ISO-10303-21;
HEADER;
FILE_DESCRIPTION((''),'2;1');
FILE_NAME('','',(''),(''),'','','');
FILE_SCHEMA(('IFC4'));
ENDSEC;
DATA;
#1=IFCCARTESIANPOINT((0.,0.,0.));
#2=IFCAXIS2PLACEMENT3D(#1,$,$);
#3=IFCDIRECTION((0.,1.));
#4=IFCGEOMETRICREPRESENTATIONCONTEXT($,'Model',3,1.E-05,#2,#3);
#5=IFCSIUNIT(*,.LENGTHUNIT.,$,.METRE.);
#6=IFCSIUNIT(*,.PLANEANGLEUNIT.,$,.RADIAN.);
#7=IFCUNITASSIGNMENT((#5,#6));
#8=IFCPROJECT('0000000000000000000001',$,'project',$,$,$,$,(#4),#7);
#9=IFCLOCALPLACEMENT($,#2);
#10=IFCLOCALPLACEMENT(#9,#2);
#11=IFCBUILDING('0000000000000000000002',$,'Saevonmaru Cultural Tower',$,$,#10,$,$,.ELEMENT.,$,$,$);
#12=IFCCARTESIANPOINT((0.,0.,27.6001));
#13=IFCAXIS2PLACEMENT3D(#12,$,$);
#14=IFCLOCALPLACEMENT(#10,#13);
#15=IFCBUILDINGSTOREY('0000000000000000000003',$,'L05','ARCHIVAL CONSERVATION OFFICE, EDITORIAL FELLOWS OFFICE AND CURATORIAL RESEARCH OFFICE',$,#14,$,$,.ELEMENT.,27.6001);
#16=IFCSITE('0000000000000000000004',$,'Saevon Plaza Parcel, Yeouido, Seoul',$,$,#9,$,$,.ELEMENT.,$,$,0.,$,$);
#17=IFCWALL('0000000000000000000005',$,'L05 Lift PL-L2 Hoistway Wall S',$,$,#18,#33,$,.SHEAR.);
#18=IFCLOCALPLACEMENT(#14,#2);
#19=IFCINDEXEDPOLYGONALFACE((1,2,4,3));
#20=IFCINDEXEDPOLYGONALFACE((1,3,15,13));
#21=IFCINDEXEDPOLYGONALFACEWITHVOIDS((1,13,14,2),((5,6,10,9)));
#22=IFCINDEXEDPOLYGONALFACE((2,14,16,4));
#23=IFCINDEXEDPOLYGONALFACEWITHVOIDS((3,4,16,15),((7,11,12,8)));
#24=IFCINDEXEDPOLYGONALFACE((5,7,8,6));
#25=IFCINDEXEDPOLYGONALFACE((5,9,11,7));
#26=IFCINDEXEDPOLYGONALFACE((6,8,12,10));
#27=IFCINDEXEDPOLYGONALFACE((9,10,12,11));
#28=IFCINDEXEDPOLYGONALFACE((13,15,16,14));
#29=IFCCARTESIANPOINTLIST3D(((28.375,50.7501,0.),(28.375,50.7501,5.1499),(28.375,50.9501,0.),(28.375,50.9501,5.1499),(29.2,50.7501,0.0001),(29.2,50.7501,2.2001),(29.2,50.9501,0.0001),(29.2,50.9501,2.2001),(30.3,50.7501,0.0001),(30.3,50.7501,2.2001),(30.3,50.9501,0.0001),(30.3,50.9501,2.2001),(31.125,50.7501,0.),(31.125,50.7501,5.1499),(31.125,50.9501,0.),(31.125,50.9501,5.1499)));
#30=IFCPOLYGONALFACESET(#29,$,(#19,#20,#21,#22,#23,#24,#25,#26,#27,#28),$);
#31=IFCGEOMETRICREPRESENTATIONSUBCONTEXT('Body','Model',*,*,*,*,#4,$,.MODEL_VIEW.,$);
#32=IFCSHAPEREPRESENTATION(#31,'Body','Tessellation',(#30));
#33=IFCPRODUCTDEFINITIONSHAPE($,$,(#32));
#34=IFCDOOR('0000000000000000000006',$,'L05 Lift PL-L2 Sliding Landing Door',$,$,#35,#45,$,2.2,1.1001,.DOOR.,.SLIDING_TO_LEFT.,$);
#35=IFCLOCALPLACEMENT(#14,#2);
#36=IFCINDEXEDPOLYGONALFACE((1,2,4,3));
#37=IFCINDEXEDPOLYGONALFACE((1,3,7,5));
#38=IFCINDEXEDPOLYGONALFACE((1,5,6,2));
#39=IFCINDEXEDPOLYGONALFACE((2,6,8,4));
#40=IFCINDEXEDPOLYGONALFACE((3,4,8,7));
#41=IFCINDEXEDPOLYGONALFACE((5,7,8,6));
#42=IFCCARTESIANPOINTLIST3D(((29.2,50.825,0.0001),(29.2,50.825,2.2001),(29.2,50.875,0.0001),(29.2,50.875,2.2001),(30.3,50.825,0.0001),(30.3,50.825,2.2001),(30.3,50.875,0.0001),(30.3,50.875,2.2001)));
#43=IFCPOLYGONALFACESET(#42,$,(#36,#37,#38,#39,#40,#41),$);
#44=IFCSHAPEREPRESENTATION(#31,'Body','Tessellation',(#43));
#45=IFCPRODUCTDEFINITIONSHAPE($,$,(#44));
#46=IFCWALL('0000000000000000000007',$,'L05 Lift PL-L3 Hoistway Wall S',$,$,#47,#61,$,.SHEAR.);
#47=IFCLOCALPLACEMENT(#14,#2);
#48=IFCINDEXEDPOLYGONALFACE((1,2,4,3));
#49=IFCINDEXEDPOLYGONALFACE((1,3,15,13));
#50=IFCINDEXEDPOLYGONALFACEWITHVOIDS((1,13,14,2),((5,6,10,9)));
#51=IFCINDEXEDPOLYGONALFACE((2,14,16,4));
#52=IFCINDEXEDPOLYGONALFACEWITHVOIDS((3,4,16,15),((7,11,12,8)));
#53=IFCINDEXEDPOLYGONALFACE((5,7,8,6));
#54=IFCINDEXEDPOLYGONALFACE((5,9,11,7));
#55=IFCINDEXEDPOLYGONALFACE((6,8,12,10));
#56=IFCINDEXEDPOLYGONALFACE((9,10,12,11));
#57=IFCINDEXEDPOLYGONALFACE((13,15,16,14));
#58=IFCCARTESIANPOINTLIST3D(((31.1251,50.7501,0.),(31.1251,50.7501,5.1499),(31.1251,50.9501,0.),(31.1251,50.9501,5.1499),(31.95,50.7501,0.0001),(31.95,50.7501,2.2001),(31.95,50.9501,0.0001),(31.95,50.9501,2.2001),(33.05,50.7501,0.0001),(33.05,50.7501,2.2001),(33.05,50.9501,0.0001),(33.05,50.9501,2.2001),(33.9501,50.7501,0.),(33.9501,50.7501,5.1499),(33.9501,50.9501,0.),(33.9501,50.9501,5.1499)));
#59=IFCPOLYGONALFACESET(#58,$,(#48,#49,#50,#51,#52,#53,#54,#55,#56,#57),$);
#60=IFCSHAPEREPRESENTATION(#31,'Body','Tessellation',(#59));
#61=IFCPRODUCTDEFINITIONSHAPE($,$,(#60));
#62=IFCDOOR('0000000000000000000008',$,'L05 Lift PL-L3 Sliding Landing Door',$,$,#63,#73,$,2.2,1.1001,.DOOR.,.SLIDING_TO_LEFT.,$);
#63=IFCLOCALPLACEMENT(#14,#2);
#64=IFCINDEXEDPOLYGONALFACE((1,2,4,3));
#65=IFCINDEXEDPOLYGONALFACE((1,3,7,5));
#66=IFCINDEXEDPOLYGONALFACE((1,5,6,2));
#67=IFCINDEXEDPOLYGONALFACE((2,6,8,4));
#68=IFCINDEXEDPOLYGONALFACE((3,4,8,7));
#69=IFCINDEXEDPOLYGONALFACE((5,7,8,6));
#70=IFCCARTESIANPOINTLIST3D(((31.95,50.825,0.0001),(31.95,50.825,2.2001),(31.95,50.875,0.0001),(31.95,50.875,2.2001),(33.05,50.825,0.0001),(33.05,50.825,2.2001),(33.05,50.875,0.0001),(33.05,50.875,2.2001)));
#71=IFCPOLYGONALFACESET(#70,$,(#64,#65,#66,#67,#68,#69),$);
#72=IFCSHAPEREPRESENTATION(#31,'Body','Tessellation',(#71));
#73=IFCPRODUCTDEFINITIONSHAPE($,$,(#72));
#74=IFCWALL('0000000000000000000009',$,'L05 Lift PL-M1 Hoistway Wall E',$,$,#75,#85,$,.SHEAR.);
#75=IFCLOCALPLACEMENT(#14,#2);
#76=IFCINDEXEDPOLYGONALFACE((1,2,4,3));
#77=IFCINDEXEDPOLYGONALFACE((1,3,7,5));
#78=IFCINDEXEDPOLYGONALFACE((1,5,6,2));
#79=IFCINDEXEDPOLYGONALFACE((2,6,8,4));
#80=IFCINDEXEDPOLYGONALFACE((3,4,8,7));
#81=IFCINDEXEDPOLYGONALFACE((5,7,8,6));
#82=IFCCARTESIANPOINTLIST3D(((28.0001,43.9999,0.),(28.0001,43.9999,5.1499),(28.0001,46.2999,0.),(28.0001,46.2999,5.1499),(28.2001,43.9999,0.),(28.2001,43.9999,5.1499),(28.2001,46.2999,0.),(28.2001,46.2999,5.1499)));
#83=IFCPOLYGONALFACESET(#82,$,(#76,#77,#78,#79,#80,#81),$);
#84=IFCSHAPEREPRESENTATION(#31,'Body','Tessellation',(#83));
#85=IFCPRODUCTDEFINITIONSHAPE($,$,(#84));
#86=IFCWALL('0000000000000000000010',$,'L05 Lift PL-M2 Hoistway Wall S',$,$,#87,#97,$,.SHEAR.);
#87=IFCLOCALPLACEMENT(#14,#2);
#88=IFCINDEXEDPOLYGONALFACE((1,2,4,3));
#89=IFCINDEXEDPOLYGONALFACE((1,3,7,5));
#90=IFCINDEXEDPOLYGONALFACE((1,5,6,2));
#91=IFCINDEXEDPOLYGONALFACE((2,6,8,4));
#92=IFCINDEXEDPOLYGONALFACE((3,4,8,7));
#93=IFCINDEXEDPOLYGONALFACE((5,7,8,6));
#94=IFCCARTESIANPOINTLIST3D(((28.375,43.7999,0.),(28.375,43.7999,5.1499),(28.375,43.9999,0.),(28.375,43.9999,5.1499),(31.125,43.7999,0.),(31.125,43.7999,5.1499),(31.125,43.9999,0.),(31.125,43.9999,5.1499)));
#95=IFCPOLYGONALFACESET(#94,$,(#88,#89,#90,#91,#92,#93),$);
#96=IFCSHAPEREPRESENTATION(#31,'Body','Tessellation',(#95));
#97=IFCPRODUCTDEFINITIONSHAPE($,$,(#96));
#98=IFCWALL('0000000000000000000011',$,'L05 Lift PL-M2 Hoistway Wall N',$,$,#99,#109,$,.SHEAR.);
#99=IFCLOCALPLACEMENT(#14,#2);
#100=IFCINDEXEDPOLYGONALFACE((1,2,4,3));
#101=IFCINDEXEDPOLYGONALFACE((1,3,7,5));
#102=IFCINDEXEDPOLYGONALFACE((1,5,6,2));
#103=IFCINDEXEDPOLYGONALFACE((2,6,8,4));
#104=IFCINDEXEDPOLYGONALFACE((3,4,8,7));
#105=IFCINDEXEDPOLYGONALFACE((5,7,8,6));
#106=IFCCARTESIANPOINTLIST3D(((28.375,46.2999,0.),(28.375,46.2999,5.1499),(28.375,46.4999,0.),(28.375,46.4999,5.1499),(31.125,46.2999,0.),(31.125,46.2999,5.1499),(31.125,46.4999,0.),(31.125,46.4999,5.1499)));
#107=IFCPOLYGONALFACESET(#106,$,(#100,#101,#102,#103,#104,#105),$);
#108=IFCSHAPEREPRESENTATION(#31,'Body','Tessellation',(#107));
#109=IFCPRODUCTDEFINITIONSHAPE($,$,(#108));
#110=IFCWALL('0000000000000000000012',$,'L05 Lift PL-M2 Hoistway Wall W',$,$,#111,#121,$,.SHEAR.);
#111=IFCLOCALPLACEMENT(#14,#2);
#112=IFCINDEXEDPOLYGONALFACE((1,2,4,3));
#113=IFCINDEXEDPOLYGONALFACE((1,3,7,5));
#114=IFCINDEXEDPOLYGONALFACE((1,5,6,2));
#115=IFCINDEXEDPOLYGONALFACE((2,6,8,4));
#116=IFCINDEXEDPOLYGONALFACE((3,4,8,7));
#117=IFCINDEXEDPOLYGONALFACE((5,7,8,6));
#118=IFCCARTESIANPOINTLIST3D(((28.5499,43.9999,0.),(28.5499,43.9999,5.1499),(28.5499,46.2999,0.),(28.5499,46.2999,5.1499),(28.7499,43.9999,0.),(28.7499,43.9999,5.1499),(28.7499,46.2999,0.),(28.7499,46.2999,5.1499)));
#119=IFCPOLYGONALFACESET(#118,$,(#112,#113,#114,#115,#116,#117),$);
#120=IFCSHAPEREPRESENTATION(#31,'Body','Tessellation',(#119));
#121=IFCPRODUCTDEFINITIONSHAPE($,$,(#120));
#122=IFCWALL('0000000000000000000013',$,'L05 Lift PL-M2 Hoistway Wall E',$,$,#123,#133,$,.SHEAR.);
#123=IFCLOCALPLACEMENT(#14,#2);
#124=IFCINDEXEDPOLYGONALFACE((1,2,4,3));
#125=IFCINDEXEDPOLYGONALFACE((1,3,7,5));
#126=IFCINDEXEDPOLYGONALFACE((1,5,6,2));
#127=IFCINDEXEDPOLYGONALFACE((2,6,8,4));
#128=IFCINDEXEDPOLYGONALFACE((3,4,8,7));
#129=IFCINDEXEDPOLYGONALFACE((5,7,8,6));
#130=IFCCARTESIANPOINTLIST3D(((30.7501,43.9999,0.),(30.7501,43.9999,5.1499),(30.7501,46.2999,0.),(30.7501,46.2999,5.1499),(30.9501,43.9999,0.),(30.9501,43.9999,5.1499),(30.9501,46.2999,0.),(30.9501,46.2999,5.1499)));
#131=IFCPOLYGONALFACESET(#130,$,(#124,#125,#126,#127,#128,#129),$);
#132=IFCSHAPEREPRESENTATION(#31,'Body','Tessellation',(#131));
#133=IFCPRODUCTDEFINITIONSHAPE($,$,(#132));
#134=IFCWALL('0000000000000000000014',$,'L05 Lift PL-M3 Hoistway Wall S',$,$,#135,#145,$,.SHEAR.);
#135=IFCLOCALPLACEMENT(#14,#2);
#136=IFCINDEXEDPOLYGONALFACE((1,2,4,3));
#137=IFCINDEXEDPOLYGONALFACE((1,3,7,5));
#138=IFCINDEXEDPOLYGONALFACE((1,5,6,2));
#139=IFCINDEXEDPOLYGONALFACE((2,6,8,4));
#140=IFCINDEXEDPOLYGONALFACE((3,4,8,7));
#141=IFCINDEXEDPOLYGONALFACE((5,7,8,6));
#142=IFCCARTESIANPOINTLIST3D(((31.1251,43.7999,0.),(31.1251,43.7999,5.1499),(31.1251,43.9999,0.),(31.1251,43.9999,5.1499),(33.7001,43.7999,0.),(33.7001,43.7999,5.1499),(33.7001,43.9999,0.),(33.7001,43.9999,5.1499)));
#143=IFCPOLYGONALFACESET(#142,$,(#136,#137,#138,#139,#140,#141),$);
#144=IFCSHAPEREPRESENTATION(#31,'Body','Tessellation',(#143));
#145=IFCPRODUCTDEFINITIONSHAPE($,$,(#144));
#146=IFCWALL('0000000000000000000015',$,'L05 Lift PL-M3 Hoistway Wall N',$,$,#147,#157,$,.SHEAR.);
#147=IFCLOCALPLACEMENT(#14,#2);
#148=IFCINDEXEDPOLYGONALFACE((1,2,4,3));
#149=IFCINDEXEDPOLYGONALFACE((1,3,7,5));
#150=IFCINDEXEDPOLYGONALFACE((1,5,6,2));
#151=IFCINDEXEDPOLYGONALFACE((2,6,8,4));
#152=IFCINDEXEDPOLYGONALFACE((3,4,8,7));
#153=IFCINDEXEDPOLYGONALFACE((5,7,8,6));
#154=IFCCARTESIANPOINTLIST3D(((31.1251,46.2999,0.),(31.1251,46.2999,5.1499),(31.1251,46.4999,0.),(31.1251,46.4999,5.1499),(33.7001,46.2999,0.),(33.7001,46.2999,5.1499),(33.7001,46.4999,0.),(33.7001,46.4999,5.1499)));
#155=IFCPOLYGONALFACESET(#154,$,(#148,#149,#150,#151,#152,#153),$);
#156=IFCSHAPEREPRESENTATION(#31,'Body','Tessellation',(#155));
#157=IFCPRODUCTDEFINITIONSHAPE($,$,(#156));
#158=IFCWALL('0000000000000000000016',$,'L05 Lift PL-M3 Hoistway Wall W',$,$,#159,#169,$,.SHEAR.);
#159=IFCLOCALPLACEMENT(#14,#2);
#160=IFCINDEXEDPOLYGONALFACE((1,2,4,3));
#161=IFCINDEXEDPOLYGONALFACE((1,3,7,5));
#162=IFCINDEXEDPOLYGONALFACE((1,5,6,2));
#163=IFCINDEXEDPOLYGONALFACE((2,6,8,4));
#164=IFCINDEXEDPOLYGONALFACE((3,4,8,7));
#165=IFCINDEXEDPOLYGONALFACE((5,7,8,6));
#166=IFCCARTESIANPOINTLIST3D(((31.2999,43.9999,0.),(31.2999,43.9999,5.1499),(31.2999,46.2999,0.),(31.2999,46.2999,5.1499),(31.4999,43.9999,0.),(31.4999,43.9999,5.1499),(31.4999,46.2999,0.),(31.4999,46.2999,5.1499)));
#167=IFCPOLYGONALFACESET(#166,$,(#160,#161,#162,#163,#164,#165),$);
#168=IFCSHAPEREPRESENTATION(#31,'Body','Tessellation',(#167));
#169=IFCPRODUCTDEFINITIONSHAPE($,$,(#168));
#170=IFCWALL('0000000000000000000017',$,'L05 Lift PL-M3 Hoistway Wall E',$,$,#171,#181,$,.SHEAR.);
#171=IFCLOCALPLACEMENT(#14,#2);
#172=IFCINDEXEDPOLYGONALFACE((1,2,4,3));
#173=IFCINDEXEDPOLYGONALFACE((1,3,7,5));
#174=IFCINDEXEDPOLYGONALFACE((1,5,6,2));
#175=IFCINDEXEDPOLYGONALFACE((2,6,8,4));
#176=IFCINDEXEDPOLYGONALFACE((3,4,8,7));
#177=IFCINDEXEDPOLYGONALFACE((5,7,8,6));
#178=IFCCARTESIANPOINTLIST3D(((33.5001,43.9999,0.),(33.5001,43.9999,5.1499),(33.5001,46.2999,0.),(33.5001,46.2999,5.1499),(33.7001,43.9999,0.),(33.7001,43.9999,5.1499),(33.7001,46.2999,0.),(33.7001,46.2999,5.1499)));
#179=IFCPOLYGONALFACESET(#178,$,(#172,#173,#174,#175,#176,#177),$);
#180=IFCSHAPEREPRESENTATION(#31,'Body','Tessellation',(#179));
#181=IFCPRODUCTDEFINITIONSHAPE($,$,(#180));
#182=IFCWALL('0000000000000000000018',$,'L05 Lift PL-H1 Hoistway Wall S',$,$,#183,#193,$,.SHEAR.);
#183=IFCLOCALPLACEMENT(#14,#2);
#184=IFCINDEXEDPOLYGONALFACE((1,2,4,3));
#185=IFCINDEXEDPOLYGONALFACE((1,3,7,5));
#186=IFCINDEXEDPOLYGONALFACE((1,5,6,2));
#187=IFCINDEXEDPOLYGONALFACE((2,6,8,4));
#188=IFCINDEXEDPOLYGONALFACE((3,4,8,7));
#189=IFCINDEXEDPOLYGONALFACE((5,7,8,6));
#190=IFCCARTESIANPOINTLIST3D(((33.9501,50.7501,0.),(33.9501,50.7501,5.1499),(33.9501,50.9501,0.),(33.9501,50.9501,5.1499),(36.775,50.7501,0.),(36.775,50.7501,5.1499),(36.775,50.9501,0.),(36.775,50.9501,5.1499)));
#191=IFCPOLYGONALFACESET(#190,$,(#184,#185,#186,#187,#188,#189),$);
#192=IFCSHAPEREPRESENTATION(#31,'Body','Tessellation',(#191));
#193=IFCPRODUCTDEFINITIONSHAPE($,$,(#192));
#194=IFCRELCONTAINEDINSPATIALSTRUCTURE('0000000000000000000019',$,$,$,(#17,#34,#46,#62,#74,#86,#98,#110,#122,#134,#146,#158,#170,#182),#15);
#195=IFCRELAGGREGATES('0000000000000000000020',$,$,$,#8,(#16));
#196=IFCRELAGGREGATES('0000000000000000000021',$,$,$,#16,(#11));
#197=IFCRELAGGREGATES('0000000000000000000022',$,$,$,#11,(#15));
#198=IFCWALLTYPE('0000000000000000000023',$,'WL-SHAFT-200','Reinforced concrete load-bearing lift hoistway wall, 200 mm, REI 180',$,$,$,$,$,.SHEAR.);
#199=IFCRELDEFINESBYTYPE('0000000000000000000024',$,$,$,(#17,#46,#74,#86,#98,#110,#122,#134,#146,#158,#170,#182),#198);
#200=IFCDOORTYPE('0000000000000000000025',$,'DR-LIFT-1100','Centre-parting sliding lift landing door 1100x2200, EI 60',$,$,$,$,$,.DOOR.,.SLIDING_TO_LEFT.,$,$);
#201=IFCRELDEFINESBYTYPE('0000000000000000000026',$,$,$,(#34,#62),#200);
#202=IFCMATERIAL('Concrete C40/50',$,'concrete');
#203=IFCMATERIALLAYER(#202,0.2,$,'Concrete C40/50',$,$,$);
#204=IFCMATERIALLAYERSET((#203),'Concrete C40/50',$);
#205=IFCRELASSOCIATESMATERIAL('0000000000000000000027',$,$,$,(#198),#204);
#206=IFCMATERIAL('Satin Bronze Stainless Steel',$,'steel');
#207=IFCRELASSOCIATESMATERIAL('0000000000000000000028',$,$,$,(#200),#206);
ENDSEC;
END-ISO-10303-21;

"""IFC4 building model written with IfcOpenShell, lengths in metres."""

from ifc_helpers import new_model, si_unit, direction, frame, frame_2d, origin, place, context, subcontext, project, spatial, rectangle, extrude, material, layer, layer_set, type_object, element, fill, save


model = new_model("IFC4")

# Units and contexts
model_context = context("Model", 3, precision=1e-05, world=origin(), true_north=direction((0.0, 1.0)))
body_context = subcontext(model_context, "Body", "Model", "MODEL_VIEW")
ifc_project = project(units=[si_unit("LENGTHUNIT", "METRE"), si_unit("PLANEANGLEUNIT", "RADIAN")], contexts=[model_context])

# Site, building, storey
site_placement = place(None, origin())
site = spatial("IfcSite", under=ifc_project, at=site_placement, Name="Saevon Plaza Parcel, Yeouido, Seoul", CompositionType="ELEMENT", RefElevation=0.0)
building_placement = place(site_placement, origin())
building = spatial("IfcBuilding", under=site, at=building_placement, Name="Saevonmaru Cultural Tower", CompositionType="ELEMENT")
storey_placement = place(building_placement, frame((0.0, 0.0, 27.6001)))
storey = spatial("IfcBuildingStorey", under=building, at=storey_placement, Name="L05", Description="ARCHIVAL CONSERVATION OFFICE, EDITORIAL FELLOWS OFFICE AND CURATORIAL RESEARCH OFFICE", CompositionType="ELEMENT", Elevation=27.6001)

# Walls, openings, doors
ifc_material_1 = material(Name="Concrete C40/50", Category="concrete")
ifc_layer_1 = layer(ifc_material_1, 0.2, Name="Concrete C40/50")
ifc_layer_set_1 = layer_set([ifc_layer_1], Name="Concrete C40/50")
wall_type_1 = type_object("IfcWallType", Name="WL-SHAFT-200", Description="Reinforced concrete load-bearing lift hoistway wall, 200 mm, REI 180", PredefinedType="SHEAR", material=ifc_layer_set_1)
wall_1_placement = place(storey_placement, frame((28.375, 50.8501, 0.0), z_axis=(0.0, 0.0, 1.0), x_axis=(1.0, 0.0, 0.0)))
wall_1 = element("IfcWall", 1, at=wall_1_placement, inside=storey, type_object=wall_type_1, Name="L05 Lift PL-L2 Hoistway Wall S", PredefinedType="SHEAR", context=body_context, shape_type="SweptSolid", body=[
    extrude(rectangle(XDim=2.75, YDim=0.2, at=frame_2d((1.375, 0.0))), origin(), (0.0, 0.0, 1.0), 5.1499),
])
opening_1_placement = place(wall_1_placement, frame((0.825, 0.0, 0.0)))
opening_1 = element("IfcOpeningElement", 2, at=opening_1_placement, cuts=wall_1, PredefinedType="OPENING", context=body_context, shape_type="SweptSolid", body=[
    extrude(rectangle(XDim=1.1001, YDim=2.2, at=frame_2d((0.55, 1.1001))), frame((0.0, 0.1099, 0.0), z_axis=(0.0, -1.0, 0.0), x_axis=(1.0, 0.0, 0.0)), (0.0, 0.0, 1.0), 0.22),
])
ifc_material_2 = material(Name="Satin Bronze Stainless Steel", Category="steel")
door_type_1 = type_object("IfcDoorType", Name="DR-LIFT-1100", Description="Centre-parting sliding lift landing door 1100x2200, EI 60", OperationType="SLIDING_TO_LEFT", PredefinedType="DOOR", material=ifc_material_2)
door_1_placement = place(opening_1_placement, origin())
door_1 = element("IfcDoor", 3, at=door_1_placement, inside=storey, type_object=door_type_1, Name="L05 Lift PL-L2 Sliding Landing Door", OperationType="SLIDING_TO_LEFT", OverallHeight=2.2, OverallWidth=1.1001, PredefinedType="DOOR", context=body_context, shape_type="SweptSolid", body=[
    extrude(rectangle(XDim=1.1001, YDim=2.2, at=frame_2d((0.55, 1.1001))), frame((0.0, 0.0249, 0.0), z_axis=(0.0, -1.0, 0.0), x_axis=(1.0, 0.0, 0.0)), (0.0, 0.0, 1.0), 0.05),
])
fill(opening_1, door_1)
wall_2_placement = place(storey_placement, frame((31.125, 50.8501, 0.0), z_axis=(0.0, 0.0, 1.0), x_axis=(1.0, 0.0, 0.0)))
wall_2 = element("IfcWall", 4, at=wall_2_placement, inside=storey, type_object=wall_type_1, Name="L05 Lift PL-L3 Hoistway Wall S", PredefinedType="SHEAR", context=body_context, shape_type="SweptSolid", body=[
    extrude(rectangle(XDim=2.825, YDim=0.2, at=frame_2d((1.4126, 0.0))), origin(), (0.0, 0.0, 1.0), 5.1499),
])
opening_2_placement = place(wall_2_placement, frame((0.825, 0.0, 0.0)))
opening_2 = element("IfcOpeningElement", 5, at=opening_2_placement, cuts=wall_2, PredefinedType="OPENING", context=body_context, shape_type="SweptSolid", body=[
    extrude(rectangle(XDim=1.1001, YDim=2.2, at=frame_2d((0.55, 1.1001))), frame((0.0, 0.1099, 0.0), z_axis=(0.0, -1.0, 0.0), x_axis=(1.0, 0.0, 0.0)), (0.0, 0.0, 1.0), 0.22),
])
door_2_placement = place(opening_2_placement, origin())
door_2 = element("IfcDoor", 6, at=door_2_placement, inside=storey, type_object=door_type_1, Name="L05 Lift PL-L3 Sliding Landing Door", OperationType="SLIDING_TO_LEFT", OverallHeight=2.2, OverallWidth=1.1001, PredefinedType="DOOR", context=body_context, shape_type="SweptSolid", body=[
    extrude(rectangle(XDim=1.1001, YDim=2.2, at=frame_2d((0.55, 1.1001))), frame((0.0, 0.0249, 0.0), z_axis=(0.0, -1.0, 0.0), x_axis=(1.0, 0.0, 0.0)), (0.0, 0.0, 1.0), 0.05),
])
fill(opening_2, door_2)

# Walls
wall_3_placement = place(storey_placement, frame((28.1001, 44.0, 0.0), z_axis=(0.0, 0.0, 1.0), x_axis=(0.0, 1.0, 0.0)))
element("IfcWall", 7, at=wall_3_placement, inside=storey, type_object=wall_type_1, Name="L05 Lift PL-M1 Hoistway Wall E", PredefinedType="SHEAR", context=body_context, shape_type="SweptSolid", body=[
    extrude(rectangle(XDim=2.3, YDim=0.2, at=frame_2d((1.1499, 0.0))), origin(), (0.0, 0.0, 1.0), 5.1499),
])
for number, where, z_axis, x_axis, name in (
    (8, (28.375, 43.8999, 0.0), (0.0, 0.0, 1.0), (1.0, 0.0, 0.0), "L05 Lift PL-M2 Hoistway Wall S"),
    (9, (28.375, 46.3999, 0.0), (0.0, 0.0, 1.0), (1.0, 0.0, 0.0), "L05 Lift PL-M2 Hoistway Wall N"),
):
    element("IfcWall", number, at=place(storey_placement, frame(where, z_axis=z_axis, x_axis=x_axis)), inside=storey, type_object=wall_type_1, Name=name, PredefinedType="SHEAR", context=body_context, shape_type="SweptSolid", body=[
        extrude(rectangle(XDim=2.75, YDim=0.2, at=frame_2d((1.375, 0.0))), origin(), (0.0, 0.0, 1.0), 5.1499),
    ])
for number, where, z_axis, x_axis, name in (
    (10, (28.6499, 44.0, 0.0), (0.0, 0.0, 1.0), (0.0, 1.0, 0.0), "L05 Lift PL-M2 Hoistway Wall W"),
    (11, (30.8501, 44.0, 0.0), (0.0, 0.0, 1.0), (0.0, 1.0, 0.0), "L05 Lift PL-M2 Hoistway Wall E"),
):
    element("IfcWall", number, at=place(storey_placement, frame(where, z_axis=z_axis, x_axis=x_axis)), inside=storey, type_object=wall_type_1, Name=name, PredefinedType="SHEAR", context=body_context, shape_type="SweptSolid", body=[
        extrude(rectangle(XDim=2.3, YDim=0.2, at=frame_2d((1.1499, 0.0))), origin(), (0.0, 0.0, 1.0), 5.1499),
    ])
for number, where, z_axis, x_axis, name in (
    (12, (31.125, 43.8999, 0.0), (0.0, 0.0, 1.0), (1.0, 0.0, 0.0), "L05 Lift PL-M3 Hoistway Wall S"),
    (13, (31.125, 46.3999, 0.0), (0.0, 0.0, 1.0), (1.0, 0.0, 0.0), "L05 Lift PL-M3 Hoistway Wall N"),
):
    element("IfcWall", number, at=place(storey_placement, frame(where, z_axis=z_axis, x_axis=x_axis)), inside=storey, type_object=wall_type_1, Name=name, PredefinedType="SHEAR", context=body_context, shape_type="SweptSolid", body=[
        extrude(rectangle(XDim=2.575, YDim=0.2, at=frame_2d((1.2876, 0.0))), origin(), (0.0, 0.0, 1.0), 5.1499),
    ])
for number, where, z_axis, x_axis, name in (
    (14, (31.3999, 44.0, 0.0), (0.0, 0.0, 1.0), (0.0, 1.0, 0.0), "L05 Lift PL-M3 Hoistway Wall W"),
    (15, (33.6001, 44.0, 0.0), (0.0, 0.0, 1.0), (0.0, 1.0, 0.0), "L05 Lift PL-M3 Hoistway Wall E"),
):
    element("IfcWall", number, at=place(storey_placement, frame(where, z_axis=z_axis, x_axis=x_axis)), inside=storey, type_object=wall_type_1, Name=name, PredefinedType="SHEAR", context=body_context, shape_type="SweptSolid", body=[
        extrude(rectangle(XDim=2.3, YDim=0.2, at=frame_2d((1.1499, 0.0))), origin(), (0.0, 0.0, 1.0), 5.1499),
    ])
wall_4_placement = place(storey_placement, frame((33.95, 50.8501, 0.0), z_axis=(0.0, 0.0, 1.0), x_axis=(1.0, 0.0, 0.0)))
element("IfcWall", 16, at=wall_4_placement, inside=storey, type_object=wall_type_1, Name="L05 Lift PL-H1 Hoistway Wall S", PredefinedType="SHEAR", context=body_context, shape_type="SweptSolid", body=[
    extrude(rectangle(XDim=2.825, YDim=0.2, at=frame_2d((1.4126, 0.0))), origin(), (0.0, 0.0, 1.0), 5.1499),
])

save(model, "model.ifc")
